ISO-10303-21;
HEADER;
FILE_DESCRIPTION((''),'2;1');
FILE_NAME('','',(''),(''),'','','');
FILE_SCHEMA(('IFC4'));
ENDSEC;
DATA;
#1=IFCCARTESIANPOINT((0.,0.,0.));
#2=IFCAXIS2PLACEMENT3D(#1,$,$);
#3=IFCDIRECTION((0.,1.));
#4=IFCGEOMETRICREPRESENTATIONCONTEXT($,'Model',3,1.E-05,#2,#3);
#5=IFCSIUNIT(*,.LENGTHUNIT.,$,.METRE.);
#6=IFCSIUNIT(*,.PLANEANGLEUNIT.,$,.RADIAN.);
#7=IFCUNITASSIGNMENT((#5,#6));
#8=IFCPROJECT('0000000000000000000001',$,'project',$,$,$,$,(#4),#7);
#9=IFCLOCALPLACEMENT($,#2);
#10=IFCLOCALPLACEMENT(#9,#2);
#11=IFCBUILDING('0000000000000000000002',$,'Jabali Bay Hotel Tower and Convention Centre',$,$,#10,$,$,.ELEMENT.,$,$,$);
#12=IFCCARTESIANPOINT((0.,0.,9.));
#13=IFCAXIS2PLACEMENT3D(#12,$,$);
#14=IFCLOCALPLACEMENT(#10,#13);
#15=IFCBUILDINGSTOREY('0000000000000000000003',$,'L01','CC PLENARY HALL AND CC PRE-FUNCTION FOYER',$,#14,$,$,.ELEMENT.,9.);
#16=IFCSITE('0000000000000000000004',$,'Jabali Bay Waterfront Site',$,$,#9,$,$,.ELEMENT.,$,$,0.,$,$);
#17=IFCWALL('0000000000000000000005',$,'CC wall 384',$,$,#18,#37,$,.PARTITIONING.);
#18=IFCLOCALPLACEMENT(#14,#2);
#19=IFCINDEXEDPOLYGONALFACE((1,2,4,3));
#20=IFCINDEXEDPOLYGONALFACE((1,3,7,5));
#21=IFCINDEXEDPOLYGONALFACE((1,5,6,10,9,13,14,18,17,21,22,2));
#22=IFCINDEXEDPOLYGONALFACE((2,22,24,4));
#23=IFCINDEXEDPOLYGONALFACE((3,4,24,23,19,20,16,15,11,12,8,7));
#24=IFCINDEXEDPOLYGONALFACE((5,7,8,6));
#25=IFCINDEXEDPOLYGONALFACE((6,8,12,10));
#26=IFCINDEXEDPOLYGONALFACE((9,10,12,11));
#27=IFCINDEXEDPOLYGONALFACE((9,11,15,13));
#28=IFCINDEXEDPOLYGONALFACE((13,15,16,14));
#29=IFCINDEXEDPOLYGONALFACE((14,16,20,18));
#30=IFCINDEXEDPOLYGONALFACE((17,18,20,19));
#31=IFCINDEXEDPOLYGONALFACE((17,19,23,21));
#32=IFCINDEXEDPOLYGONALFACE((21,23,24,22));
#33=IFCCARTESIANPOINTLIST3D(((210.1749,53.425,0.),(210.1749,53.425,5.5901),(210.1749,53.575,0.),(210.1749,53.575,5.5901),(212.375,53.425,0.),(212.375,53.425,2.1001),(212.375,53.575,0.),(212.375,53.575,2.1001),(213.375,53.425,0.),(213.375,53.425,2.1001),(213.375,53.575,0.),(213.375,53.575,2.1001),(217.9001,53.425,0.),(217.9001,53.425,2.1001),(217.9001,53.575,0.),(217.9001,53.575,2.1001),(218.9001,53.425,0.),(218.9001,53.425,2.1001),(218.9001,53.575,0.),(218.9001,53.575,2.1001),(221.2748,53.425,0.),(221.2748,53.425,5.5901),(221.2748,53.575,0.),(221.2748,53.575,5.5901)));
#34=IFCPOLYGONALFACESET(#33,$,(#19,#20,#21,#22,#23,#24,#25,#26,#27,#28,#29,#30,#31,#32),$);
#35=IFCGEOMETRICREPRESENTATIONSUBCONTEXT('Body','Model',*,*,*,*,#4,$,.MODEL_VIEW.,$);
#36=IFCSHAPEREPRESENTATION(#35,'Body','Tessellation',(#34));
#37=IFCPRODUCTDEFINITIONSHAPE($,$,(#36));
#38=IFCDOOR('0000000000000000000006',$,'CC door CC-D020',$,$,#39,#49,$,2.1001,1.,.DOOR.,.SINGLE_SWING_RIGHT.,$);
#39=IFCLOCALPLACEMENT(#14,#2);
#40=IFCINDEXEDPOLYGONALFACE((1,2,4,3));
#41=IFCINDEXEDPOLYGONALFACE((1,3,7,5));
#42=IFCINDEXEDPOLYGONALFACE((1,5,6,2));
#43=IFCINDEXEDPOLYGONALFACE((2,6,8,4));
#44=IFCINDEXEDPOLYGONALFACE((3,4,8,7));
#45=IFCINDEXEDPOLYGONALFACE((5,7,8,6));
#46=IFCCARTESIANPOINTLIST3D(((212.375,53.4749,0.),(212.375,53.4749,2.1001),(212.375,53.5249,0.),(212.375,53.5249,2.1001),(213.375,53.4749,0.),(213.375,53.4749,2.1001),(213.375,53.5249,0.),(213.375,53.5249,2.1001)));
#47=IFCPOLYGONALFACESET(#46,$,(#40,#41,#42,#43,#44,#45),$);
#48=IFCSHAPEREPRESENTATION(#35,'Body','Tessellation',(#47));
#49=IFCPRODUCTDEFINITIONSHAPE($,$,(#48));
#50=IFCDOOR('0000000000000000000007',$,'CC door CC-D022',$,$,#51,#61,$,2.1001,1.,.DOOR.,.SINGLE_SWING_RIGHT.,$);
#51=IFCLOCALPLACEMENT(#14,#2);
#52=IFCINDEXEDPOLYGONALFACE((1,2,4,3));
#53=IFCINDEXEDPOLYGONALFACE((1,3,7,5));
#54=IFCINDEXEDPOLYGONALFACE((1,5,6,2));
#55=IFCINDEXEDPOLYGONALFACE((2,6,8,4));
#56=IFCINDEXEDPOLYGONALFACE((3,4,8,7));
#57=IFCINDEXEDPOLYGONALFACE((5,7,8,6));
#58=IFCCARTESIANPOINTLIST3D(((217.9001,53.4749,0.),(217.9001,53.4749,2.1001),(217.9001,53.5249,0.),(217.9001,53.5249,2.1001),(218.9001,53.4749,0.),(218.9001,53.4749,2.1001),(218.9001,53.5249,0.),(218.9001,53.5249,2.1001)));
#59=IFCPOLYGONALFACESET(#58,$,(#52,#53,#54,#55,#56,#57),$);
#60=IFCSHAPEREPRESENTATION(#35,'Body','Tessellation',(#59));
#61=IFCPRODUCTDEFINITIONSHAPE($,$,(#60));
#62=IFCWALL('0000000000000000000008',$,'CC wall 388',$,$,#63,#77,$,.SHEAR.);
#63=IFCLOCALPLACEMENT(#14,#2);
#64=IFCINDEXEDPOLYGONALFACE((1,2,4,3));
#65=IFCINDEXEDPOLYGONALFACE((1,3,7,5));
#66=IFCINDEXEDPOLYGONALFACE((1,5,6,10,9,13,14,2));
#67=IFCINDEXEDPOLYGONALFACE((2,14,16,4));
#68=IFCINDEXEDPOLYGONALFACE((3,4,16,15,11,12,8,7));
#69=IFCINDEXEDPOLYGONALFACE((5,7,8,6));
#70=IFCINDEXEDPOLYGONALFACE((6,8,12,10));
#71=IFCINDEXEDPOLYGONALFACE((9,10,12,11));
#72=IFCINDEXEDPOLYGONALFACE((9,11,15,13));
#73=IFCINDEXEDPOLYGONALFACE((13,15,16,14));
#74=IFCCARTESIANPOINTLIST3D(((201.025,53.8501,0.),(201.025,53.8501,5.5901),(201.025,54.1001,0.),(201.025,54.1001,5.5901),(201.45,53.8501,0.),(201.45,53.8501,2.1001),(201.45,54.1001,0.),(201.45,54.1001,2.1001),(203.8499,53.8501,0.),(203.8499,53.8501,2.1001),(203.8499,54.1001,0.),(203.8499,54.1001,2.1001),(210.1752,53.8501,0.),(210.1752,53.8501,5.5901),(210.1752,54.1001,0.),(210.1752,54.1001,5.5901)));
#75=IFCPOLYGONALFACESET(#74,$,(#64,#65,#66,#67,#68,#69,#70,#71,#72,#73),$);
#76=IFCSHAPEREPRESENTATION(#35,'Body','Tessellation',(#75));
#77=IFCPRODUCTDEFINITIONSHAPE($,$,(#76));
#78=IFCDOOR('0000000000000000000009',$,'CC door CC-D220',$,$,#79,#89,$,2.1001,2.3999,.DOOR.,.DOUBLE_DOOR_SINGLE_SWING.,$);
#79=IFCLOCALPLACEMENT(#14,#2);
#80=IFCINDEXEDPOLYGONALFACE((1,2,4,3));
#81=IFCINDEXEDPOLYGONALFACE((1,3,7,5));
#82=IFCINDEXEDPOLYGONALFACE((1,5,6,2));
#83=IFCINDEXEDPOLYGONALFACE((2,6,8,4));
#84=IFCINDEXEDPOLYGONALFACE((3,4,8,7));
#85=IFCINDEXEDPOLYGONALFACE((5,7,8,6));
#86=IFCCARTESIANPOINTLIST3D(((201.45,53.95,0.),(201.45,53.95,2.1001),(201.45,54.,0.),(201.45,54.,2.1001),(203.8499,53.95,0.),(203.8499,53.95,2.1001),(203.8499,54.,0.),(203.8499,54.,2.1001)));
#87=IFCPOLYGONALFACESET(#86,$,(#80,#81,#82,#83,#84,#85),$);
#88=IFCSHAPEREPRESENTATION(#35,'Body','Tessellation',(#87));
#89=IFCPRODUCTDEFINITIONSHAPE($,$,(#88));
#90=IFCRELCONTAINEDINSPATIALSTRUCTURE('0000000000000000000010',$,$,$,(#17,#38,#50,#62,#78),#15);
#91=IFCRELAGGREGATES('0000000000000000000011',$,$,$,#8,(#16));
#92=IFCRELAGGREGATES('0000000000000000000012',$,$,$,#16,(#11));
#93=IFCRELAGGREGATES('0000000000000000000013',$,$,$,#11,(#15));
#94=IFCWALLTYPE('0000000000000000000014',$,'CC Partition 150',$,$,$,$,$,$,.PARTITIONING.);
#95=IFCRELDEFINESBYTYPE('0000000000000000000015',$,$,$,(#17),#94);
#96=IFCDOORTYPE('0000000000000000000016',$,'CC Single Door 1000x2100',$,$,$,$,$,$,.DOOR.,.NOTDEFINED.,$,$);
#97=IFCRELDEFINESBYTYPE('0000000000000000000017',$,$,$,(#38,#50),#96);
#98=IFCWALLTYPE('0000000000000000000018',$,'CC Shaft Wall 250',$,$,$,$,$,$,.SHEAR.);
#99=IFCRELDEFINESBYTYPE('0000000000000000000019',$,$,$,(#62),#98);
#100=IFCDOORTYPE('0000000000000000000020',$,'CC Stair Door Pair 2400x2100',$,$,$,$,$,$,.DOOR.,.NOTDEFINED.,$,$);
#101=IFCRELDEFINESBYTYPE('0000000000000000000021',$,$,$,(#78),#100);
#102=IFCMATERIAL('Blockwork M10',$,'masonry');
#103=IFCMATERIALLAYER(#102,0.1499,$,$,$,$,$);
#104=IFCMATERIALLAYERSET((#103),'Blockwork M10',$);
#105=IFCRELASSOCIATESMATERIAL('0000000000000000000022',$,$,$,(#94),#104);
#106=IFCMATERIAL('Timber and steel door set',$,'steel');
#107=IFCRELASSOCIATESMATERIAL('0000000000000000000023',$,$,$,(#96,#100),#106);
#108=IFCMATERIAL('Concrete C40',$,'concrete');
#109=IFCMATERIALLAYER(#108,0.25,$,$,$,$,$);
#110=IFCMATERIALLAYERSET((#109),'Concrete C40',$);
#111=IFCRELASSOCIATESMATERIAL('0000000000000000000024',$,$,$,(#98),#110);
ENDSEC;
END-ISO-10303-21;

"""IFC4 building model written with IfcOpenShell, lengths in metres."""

from ifc_helpers import new_model, si_unit, direction, frame, frame_2d, origin, place, context, subcontext, project, spatial, rectangle, extrude, material, layer, layer_set, type_object, element, fill, save


model = new_model("IFC4")

# Units and contexts
model_context = context("Model", 3, precision=1e-05, world=origin(), true_north=direction((0.0, 1.0)))
body_context = subcontext(model_context, "Body", "Model", "MODEL_VIEW")
ifc_project = project(units=[si_unit("LENGTHUNIT", "METRE"), si_unit("PLANEANGLEUNIT", "RADIAN")], contexts=[model_context])

# Site, building, storey
site_placement = place(None, origin())
site = spatial("IfcSite", under=ifc_project, at=site_placement, Name="Jabali Bay Waterfront Site", CompositionType="ELEMENT", RefElevation=0.0)
building_placement = place(site_placement, origin())
building = spatial("IfcBuilding", under=site, at=building_placement, Name="Jabali Bay Hotel Tower and Convention Centre", CompositionType="ELEMENT")
storey_placement = place(building_placement, frame((0.0, 0.0, 9.0)))
storey = spatial("IfcBuildingStorey", under=building, at=storey_placement, Name="L01", Description="CC PLENARY HALL AND CC PRE-FUNCTION FOYER", CompositionType="ELEMENT", Elevation=9.0)

# Shared definitions
ifc_material_1 = material(Name="Concrete C40", Category="concrete")

# Wall, openings, doors
ifc_material_2 = material(Name="Blockwork M10", Category="masonry")
ifc_layer_1 = layer(ifc_material_2, 0.1499)
ifc_layer_set_1 = layer_set([ifc_layer_1], Name="Blockwork M10")
wall_type_1 = type_object("IfcWallType", Name="CC Partition 150", PredefinedType="PARTITIONING", material=ifc_layer_set_1)
wall_1_placement = place(storey_placement, frame((210.175, 53.5, 0.0), z_axis=(0.0, 0.0, 1.0), x_axis=(1.0, 0.0, 0.0)))
wall_1 = element("IfcWall", 1, at=wall_1_placement, inside=storey, type_object=wall_type_1, Name="CC wall 384", PredefinedType="PARTITIONING", context=body_context, shape_type="SweptSolid", body=[
    extrude(rectangle(XDim=11.0999, YDim=0.1499, at=frame_2d((5.5498, 0.0))), origin(), (0.0, 0.0, 1.0), 5.5901),
])
opening_1_placement = place(wall_1_placement, frame((2.2, 0.0, 0.0)))
opening_1 = element("IfcOpeningElement", 2, at=opening_1_placement, cuts=wall_1, PredefinedType="OPENING", context=body_context, shape_type="SweptSolid", body=[
    extrude(rectangle(XDim=1.0, YDim=2.1001, at=frame_2d((0.5, 1.05))), frame((0.0, 0.0854, 0.0), z_axis=(0.0, -1.0, 0.0), x_axis=(1.0, 0.0, 0.0)), (0.0, 0.0, 1.0), 0.1709),
])
opening_2_placement = place(wall_1_placement, frame((7.7251, 0.0, 0.0)))
opening_2 = element("IfcOpeningElement", 3, at=opening_2_placement, cuts=wall_1, PredefinedType="OPENING", context=body_context, shape_type="SweptSolid", body=[
    extrude(rectangle(XDim=1.0, YDim=2.1001, at=frame_2d((0.5, 1.05))), frame((0.0, 0.0854, 0.0), z_axis=(0.0, -1.0, 0.0), x_axis=(1.0, 0.0, 0.0)), (0.0, 0.0, 1.0), 0.1709),
])
ifc_material_3 = material(Name="Timber and steel door set", Category="steel")
door_type_1 = type_object("IfcDoorType", Name="CC Single Door 1000x2100", OperationType="NOTDEFINED", PredefinedType="DOOR", material=ifc_material_3)
door_1_placement = place(opening_1_placement, origin())
door_1 = element("IfcDoor", 4, at=door_1_placement, inside=storey, type_object=door_type_1, Name="CC door CC-D020", OperationType="SINGLE_SWING_RIGHT", OverallHeight=2.1001, OverallWidth=1.0, PredefinedType="DOOR", context=body_context, shape_type="SweptSolid", body=[
    extrude(rectangle(XDim=1.0, YDim=2.1001, at=frame_2d((0.5, 1.05))), frame((0.0, 0.0249, 0.0), z_axis=(0.0, -1.0, 0.0), x_axis=(1.0, 0.0, 0.0)), (0.0, 0.0, 1.0), 0.05),
])
fill(opening_1, door_1)
door_2_placement = place(opening_2_placement, origin())
door_2 = element("IfcDoor", 5, at=door_2_placement, inside=storey, type_object=door_type_1, Name="CC door CC-D022", OperationType="SINGLE_SWING_RIGHT", OverallHeight=2.1001, OverallWidth=1.0, PredefinedType="DOOR", context=body_context, shape_type="SweptSolid", body=[
    extrude(rectangle(XDim=1.0, YDim=2.1001, at=frame_2d((0.5, 1.05))), frame((0.0, 0.0249, 0.0), z_axis=(0.0, -1.0, 0.0), x_axis=(1.0, 0.0, 0.0)), (0.0, 0.0, 1.0), 0.05),
])
fill(opening_2, door_2)

# Wall, opening, door
ifc_layer_2 = layer(ifc_material_1, 0.25)
ifc_layer_set_2 = layer_set([ifc_layer_2], Name="Concrete C40")
wall_type_2 = type_object("IfcWallType", Name="CC Shaft Wall 250", PredefinedType="SHEAR", material=ifc_layer_set_2)
wall_2_placement = place(storey_placement, frame((201.0249, 53.9751, 0.0), z_axis=(0.0, 0.0, 1.0), x_axis=(1.0, 0.0, 0.0)))
wall_2 = element("IfcWall", 6, at=wall_2_placement, inside=storey, type_object=wall_type_2, Name="CC wall 388", PredefinedType="SHEAR", context=body_context, shape_type="SweptSolid", body=[
    extrude(rectangle(XDim=9.1501, YDim=0.25, at=frame_2d((4.5752, 0.0))), origin(), (0.0, 0.0, 1.0), 5.5901),
])
opening_3_placement = place(wall_2_placement, frame((0.425, 0.0, 0.0)))
opening_3 = element("IfcOpeningElement", 7, at=opening_3_placement, cuts=wall_2, PredefinedType="OPENING", context=body_context, shape_type="SweptSolid", body=[
    extrude(rectangle(XDim=2.3999, YDim=2.1001, at=frame_2d((1.2, 1.05))), frame((0.0, 0.1355, 0.0), z_axis=(0.0, -1.0, 0.0), x_axis=(1.0, 0.0, 0.0)), (0.0, 0.0, 1.0), 0.271),
])
door_type_2 = type_object("IfcDoorType", Name="CC Stair Door Pair 2400x2100", OperationType="NOTDEFINED", PredefinedType="DOOR", material=ifc_material_3)
door_3_placement = place(opening_3_placement, origin())
door_3 = element("IfcDoor", 8, at=door_3_placement, inside=storey, type_object=door_type_2, Name="CC door CC-D220", OperationType="DOUBLE_DOOR_SINGLE_SWING", OverallHeight=2.1001, OverallWidth=2.3999, PredefinedType="DOOR", context=body_context, shape_type="SweptSolid", body=[
    extrude(rectangle(XDim=2.3999, YDim=2.1001, at=frame_2d((1.2, 1.05))), frame((0.0, 0.0249, 0.0), z_axis=(0.0, -1.0, 0.0), x_axis=(1.0, 0.0, 0.0)), (0.0, 0.0, 1.0), 0.05),
])
fill(opening_3, door_3)

save(model, "model.ifc")
